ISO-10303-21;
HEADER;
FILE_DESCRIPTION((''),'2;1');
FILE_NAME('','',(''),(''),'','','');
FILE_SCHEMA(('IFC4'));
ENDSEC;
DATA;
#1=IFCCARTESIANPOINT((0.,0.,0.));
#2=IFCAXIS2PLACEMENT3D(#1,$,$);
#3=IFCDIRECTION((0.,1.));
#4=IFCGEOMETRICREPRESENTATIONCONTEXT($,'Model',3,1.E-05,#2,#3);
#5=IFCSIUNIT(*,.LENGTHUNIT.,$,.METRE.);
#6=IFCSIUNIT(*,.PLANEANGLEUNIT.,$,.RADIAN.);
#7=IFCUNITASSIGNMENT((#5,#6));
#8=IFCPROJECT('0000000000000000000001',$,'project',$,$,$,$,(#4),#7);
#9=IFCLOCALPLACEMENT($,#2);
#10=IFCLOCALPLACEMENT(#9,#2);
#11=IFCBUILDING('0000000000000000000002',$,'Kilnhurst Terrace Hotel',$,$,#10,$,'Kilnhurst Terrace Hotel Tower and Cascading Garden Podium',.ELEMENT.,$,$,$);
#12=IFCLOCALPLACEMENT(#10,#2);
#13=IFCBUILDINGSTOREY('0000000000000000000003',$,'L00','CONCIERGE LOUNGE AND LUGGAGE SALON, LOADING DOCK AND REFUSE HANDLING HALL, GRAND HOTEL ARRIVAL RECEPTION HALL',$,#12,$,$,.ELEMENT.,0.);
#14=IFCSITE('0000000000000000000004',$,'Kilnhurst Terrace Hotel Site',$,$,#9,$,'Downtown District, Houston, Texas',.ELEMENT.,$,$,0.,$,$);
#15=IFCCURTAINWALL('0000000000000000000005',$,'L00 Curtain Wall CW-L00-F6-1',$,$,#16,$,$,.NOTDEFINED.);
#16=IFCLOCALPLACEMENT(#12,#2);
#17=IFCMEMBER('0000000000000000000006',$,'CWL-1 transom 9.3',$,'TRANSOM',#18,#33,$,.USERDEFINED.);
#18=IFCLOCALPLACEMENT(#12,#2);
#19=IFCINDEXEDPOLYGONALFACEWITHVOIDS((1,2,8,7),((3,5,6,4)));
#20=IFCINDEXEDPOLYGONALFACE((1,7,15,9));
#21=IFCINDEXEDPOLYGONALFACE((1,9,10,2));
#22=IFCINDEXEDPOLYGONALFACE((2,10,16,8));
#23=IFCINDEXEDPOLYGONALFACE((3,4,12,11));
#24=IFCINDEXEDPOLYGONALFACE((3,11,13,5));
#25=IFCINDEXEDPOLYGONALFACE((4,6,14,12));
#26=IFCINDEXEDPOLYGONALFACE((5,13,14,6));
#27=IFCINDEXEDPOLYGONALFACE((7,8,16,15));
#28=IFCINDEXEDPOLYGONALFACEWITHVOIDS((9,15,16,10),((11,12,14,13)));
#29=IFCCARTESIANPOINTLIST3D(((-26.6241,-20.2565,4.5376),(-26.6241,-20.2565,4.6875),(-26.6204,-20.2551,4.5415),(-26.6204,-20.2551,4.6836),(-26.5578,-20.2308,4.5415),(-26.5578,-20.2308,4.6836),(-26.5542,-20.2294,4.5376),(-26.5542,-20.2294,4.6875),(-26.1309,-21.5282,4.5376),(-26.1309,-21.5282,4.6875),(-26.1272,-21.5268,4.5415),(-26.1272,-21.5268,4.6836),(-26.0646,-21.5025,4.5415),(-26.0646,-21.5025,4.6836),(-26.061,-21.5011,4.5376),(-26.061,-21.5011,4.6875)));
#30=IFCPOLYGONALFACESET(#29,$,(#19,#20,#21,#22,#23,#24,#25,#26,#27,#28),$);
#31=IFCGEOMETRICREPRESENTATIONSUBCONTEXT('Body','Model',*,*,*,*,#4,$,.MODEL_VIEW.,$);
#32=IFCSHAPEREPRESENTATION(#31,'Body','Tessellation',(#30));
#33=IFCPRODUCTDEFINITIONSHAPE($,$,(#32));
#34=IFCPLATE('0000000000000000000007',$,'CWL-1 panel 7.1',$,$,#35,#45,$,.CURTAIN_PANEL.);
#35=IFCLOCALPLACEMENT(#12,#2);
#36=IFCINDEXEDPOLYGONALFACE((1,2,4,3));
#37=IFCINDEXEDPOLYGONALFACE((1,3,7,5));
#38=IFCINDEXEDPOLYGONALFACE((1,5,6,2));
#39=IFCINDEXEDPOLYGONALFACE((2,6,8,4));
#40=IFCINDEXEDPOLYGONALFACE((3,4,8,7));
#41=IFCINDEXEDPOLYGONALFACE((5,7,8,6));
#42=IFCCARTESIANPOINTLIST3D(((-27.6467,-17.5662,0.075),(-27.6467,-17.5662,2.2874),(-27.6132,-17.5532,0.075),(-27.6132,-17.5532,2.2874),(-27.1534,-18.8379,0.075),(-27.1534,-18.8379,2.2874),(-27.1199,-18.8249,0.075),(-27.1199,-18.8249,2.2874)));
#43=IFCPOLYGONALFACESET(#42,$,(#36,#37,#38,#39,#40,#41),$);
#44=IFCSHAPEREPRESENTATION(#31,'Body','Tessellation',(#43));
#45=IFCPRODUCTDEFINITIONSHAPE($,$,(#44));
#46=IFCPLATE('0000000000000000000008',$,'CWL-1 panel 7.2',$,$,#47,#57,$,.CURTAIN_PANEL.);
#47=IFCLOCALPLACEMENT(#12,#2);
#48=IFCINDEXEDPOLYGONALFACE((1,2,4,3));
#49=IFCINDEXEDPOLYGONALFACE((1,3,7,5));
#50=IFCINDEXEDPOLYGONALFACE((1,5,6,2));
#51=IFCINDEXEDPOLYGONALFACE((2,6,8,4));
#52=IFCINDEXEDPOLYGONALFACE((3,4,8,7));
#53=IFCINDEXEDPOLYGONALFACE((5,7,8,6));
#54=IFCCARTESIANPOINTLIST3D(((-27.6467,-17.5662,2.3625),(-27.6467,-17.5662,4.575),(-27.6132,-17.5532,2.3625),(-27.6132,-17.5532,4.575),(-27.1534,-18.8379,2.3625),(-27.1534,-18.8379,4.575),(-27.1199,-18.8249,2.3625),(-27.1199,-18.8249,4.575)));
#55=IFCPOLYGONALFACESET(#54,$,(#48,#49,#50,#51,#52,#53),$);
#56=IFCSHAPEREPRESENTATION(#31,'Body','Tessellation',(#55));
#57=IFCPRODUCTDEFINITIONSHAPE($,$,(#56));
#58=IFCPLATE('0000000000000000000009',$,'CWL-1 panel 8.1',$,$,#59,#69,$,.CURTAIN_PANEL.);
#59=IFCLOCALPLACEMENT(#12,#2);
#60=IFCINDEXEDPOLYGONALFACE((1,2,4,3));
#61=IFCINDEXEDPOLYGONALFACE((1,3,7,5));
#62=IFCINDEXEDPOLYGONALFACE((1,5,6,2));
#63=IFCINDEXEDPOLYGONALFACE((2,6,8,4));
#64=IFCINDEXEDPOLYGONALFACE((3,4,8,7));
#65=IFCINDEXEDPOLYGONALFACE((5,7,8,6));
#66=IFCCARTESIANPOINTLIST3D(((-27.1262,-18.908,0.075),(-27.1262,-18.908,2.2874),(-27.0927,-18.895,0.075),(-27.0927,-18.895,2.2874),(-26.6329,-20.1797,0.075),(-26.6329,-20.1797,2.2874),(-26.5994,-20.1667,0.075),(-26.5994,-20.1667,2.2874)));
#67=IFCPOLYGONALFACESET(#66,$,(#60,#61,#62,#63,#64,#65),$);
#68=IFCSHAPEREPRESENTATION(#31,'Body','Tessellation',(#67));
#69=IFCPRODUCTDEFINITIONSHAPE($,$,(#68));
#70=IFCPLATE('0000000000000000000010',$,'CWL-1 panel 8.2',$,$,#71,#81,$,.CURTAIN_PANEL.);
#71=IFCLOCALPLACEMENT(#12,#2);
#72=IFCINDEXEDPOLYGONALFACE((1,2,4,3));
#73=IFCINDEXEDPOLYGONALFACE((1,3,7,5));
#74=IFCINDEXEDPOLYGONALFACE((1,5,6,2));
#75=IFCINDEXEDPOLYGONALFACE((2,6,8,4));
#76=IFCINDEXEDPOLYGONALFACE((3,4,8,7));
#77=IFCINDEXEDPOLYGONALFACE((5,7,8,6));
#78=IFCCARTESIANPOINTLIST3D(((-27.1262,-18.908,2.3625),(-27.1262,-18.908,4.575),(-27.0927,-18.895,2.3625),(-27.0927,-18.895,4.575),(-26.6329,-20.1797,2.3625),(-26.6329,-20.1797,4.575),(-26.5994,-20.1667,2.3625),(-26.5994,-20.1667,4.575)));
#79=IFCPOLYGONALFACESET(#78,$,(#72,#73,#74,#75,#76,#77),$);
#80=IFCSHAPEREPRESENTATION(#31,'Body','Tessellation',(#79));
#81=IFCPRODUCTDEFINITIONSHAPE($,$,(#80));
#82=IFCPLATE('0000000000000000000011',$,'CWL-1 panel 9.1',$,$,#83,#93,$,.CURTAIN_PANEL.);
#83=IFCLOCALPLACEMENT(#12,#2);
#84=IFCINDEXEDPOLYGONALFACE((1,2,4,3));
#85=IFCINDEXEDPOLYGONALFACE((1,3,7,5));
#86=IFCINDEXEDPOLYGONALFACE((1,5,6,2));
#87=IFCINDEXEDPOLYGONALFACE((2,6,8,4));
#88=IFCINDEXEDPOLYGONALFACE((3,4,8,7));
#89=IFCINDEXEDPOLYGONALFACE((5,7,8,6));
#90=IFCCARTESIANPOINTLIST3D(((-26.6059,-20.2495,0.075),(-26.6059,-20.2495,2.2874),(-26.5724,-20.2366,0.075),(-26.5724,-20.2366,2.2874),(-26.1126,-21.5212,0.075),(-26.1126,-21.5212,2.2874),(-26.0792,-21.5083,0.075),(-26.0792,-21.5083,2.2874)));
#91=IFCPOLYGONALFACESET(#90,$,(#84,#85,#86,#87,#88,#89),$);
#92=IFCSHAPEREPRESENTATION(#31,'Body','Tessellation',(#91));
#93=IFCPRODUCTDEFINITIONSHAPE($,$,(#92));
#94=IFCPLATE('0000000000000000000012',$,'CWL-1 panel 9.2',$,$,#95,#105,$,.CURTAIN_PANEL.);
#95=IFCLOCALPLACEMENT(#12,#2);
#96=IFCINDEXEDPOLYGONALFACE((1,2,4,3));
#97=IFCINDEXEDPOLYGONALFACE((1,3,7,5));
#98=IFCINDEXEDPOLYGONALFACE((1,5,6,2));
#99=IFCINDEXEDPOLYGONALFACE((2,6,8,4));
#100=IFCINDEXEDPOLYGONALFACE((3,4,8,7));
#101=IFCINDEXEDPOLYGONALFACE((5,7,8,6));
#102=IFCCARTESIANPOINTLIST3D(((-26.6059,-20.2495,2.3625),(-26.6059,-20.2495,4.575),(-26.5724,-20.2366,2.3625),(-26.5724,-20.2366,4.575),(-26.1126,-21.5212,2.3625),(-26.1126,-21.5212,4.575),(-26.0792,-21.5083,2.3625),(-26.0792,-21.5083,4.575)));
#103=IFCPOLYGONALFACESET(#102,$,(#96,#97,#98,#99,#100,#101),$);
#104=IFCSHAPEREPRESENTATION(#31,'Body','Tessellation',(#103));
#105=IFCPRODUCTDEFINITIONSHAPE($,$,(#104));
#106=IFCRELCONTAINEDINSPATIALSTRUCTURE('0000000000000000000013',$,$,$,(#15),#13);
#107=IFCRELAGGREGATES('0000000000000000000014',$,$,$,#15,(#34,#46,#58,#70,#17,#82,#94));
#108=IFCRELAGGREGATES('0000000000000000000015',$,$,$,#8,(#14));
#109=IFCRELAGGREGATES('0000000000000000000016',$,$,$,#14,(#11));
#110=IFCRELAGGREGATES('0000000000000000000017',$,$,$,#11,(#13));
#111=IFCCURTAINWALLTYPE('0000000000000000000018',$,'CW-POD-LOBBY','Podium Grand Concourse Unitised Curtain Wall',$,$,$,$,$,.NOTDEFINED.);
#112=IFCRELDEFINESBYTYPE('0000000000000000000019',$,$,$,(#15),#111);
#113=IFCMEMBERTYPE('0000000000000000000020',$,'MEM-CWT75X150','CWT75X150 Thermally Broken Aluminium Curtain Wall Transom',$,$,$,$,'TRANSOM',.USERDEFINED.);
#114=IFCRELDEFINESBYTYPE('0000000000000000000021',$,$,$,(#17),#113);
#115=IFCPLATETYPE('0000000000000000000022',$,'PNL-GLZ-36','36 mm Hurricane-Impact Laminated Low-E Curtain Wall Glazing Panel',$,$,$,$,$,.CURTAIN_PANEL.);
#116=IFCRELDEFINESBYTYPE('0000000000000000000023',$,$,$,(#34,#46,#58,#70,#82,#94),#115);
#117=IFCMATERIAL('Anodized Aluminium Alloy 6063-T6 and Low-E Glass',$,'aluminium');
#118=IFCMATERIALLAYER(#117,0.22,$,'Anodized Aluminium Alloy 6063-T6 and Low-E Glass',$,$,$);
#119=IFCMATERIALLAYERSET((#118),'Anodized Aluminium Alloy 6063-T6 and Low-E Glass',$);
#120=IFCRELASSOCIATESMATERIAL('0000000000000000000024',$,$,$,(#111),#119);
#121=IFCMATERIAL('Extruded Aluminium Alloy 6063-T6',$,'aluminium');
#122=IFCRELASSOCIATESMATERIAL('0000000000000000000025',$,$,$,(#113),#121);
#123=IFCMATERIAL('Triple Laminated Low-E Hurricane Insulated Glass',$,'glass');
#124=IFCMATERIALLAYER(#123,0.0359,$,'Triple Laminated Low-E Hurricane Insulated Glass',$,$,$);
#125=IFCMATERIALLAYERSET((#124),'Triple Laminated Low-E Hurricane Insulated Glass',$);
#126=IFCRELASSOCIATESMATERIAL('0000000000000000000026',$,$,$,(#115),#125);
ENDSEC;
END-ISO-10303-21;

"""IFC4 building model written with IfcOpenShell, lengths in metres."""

from ifc_helpers import new_model, si_unit, direction, frame, origin, origin_2d, place, context, subcontext, project, spatial, rectangle, hollow_rectangle, extrude, material, layer, layer_set, material_profile, profile_set, type_object, element, aggregate, save


model = new_model("IFC4")

# Units and contexts
model_context = context("Model", 3, precision=1e-05, world=origin(), true_north=direction((0.0, 1.0)))
body_context = subcontext(model_context, "Body", "Model", "MODEL_VIEW")
ifc_project = project(units=[si_unit("LENGTHUNIT", "METRE"), si_unit("PLANEANGLEUNIT", "RADIAN")], contexts=[model_context])

# Site, building, storey
site_placement = place(None, origin())
site = spatial("IfcSite", under=ifc_project, at=site_placement, Name="Kilnhurst Terrace Hotel Site", LongName="Downtown District, Houston, Texas", CompositionType="ELEMENT", RefElevation=0.0)
building_placement = place(site_placement, origin())
building = spatial("IfcBuilding", under=site, at=building_placement, Name="Kilnhurst Terrace Hotel", LongName="Kilnhurst Terrace Hotel Tower and Cascading Garden Podium", CompositionType="ELEMENT")
storey_placement = place(building_placement, origin())
storey = spatial("IfcBuildingStorey", under=building, at=storey_placement, Name="L00", Description="CONCIERGE LOUNGE AND LUGGAGE SALON, LOADING DOCK AND REFUSE HANDLING HALL, GRAND HOTEL ARRIVAL RECEPTION HALL", CompositionType="ELEMENT", Elevation=0.0)

# Curtain wall, member, plates
ifc_material_1 = material(Name="Anodized Aluminium Alloy 6063-T6 and Low-E Glass", Category="aluminium")
ifc_layer_1 = layer(ifc_material_1, 0.22, Name="Anodized Aluminium Alloy 6063-T6 and Low-E Glass")
ifc_layer_set_1 = layer_set([ifc_layer_1], Name="Anodized Aluminium Alloy 6063-T6 and Low-E Glass")
curtain_wall_type = type_object("IfcCurtainWallType", Name="CW-POD-LOBBY", Description="Podium Grand Concourse Unitised Curtain Wall", PredefinedType="NOTDEFINED", material=ifc_layer_set_1)
curtain_wall_placement = place(storey_placement, origin())
curtain_wall = element("IfcCurtainWall", 1, at=curtain_wall_placement, inside=storey, type_object=curtain_wall_type, Name="L00 Curtain Wall CW-L00-F6-1", PredefinedType="NOTDEFINED")
ifc_material_2 = material(Name="Extruded Aluminium Alloy 6063-T6", Category="aluminium")
ifc_material_profile_1 = material_profile(ifc_material_2, hollow_rectangle(XDim=0.075, YDim=0.1499, WallThickness=0.0039, at=origin_2d()), Name="CWT75X150")
ifc_profile_set_1 = profile_set([ifc_material_profile_1], Name="Extruded Aluminium Alloy 6063-T6")
member_type_1 = type_object("IfcMemberType", Name="MEM-CWT75X150", Description="CWT75X150 Thermally Broken Aluminium Curtain Wall Transom", ElementType="TRANSOM", PredefinedType="USERDEFINED", material=ifc_profile_set_1)
member_1_placement = place(storey_placement, frame((-26.5891, -20.2429, 4.6125), z_axis=(0.361556, -0.93235, 0.0), x_axis=(0.93235, 0.361556, 0.0)))
member_1 = element("IfcMember", 2, at=member_1_placement, type_object=member_type_1, Name="CWL-1 transom 9.3", ObjectType="TRANSOM", PredefinedType="USERDEFINED", context=body_context, shape_type="SweptSolid", body=[
    extrude(hollow_rectangle(XDim=0.075, YDim=0.1499, WallThickness=0.0039, at=origin_2d()), origin(), (0.0, 0.0, 1.0), 1.364),
])
ifc_material_3 = material(Name="Triple Laminated Low-E Hurricane Insulated Glass", Category="glass")
ifc_layer_2 = layer(ifc_material_3, 0.0359, Name="Triple Laminated Low-E Hurricane Insulated Glass")
ifc_layer_set_2 = layer_set([ifc_layer_2], Name="Triple Laminated Low-E Hurricane Insulated Glass")
plate_type = type_object("IfcPlateType", Name="PNL-GLZ-36", Description="36 mm Hurricane-Impact Laminated Low-E Curtain Wall Glazing Panel", PredefinedType="CURTAIN_PANEL", material=ifc_layer_set_2)
plate_1_placement = place(storey_placement, frame((-27.3833, -18.1956, 0.075), z_axis=(0.0, 0.0, 1.0), x_axis=(0.361639, -0.932318, 0.0)))
plate_1 = element("IfcPlate", 3, at=plate_1_placement, type_object=plate_type, Name="CWL-1 panel 7.1", PredefinedType="CURTAIN_PANEL", context=body_context, shape_type="SweptSolid", body=[
    extrude(rectangle(XDim=1.364, YDim=0.0359, at=origin_2d()), origin(), (0.0, 0.0, 1.0), 2.2124),
])
plate_2_placement = place(storey_placement, frame((-27.3833, -18.1956, 2.3625), z_axis=(0.0, 0.0, 1.0), x_axis=(0.361639, -0.932318, 0.0)))
plate_2 = element("IfcPlate", 4, at=plate_2_placement, type_object=plate_type, Name="CWL-1 panel 7.2", PredefinedType="CURTAIN_PANEL", context=body_context, shape_type="SweptSolid", body=[
    extrude(rectangle(XDim=1.364, YDim=0.0359, at=origin_2d()), origin(), (0.0, 0.0, 1.0), 2.2124),
])
plate_3_placement = place(storey_placement, frame((-26.8628, -19.5374, 0.075), z_axis=(0.0, 0.0, 1.0), x_axis=(0.361639, -0.932318, 0.0)))
plate_3 = element("IfcPlate", 5, at=plate_3_placement, type_object=plate_type, Name="CWL-1 panel 8.1", PredefinedType="CURTAIN_PANEL", context=body_context, shape_type="SweptSolid", body=[
    extrude(rectangle(XDim=1.364, YDim=0.0359, at=origin_2d()), origin(), (0.0, 0.0, 1.0), 2.2124),
])
plate_4_placement = place(storey_placement, frame((-26.8628, -19.5374, 2.3625), z_axis=(0.0, 0.0, 1.0), x_axis=(0.361639, -0.932318, 0.0)))
plate_4 = element("IfcPlate", 6, at=plate_4_placement, type_object=plate_type, Name="CWL-1 panel 8.2", PredefinedType="CURTAIN_PANEL", context=body_context, shape_type="SweptSolid", body=[
    extrude(rectangle(XDim=1.364, YDim=0.0359, at=origin_2d()), origin(), (0.0, 0.0, 1.0), 2.2124),
])
plate_5_placement = place(storey_placement, frame((-26.3425, -20.8789, 0.075), z_axis=(0.0, 0.0, 1.0), x_axis=(0.361639, -0.932318, 0.0)))
plate_5 = element("IfcPlate", 7, at=plate_5_placement, type_object=plate_type, Name="CWL-1 panel 9.1", PredefinedType="CURTAIN_PANEL", context=body_context, shape_type="SweptSolid", body=[
    extrude(rectangle(XDim=1.364, YDim=0.0359, at=origin_2d()), origin(), (0.0, 0.0, 1.0), 2.2124),
])
plate_6_placement = place(storey_placement, frame((-26.3425, -20.8789, 2.3625), z_axis=(0.0, 0.0, 1.0), x_axis=(0.361639, -0.932318, 0.0)))
plate_6 = element("IfcPlate", 8, at=plate_6_placement, type_object=plate_type, Name="CWL-1 panel 9.2", PredefinedType="CURTAIN_PANEL", context=body_context, shape_type="SweptSolid", body=[
    extrude(rectangle(XDim=1.364, YDim=0.0359, at=origin_2d()), origin(), (0.0, 0.0, 1.0), 2.2124),
])
aggregate(curtain_wall, [plate_1, plate_2, plate_3, plate_4, member_1, plate_5, plate_6])

save(model, "model.ifc")
